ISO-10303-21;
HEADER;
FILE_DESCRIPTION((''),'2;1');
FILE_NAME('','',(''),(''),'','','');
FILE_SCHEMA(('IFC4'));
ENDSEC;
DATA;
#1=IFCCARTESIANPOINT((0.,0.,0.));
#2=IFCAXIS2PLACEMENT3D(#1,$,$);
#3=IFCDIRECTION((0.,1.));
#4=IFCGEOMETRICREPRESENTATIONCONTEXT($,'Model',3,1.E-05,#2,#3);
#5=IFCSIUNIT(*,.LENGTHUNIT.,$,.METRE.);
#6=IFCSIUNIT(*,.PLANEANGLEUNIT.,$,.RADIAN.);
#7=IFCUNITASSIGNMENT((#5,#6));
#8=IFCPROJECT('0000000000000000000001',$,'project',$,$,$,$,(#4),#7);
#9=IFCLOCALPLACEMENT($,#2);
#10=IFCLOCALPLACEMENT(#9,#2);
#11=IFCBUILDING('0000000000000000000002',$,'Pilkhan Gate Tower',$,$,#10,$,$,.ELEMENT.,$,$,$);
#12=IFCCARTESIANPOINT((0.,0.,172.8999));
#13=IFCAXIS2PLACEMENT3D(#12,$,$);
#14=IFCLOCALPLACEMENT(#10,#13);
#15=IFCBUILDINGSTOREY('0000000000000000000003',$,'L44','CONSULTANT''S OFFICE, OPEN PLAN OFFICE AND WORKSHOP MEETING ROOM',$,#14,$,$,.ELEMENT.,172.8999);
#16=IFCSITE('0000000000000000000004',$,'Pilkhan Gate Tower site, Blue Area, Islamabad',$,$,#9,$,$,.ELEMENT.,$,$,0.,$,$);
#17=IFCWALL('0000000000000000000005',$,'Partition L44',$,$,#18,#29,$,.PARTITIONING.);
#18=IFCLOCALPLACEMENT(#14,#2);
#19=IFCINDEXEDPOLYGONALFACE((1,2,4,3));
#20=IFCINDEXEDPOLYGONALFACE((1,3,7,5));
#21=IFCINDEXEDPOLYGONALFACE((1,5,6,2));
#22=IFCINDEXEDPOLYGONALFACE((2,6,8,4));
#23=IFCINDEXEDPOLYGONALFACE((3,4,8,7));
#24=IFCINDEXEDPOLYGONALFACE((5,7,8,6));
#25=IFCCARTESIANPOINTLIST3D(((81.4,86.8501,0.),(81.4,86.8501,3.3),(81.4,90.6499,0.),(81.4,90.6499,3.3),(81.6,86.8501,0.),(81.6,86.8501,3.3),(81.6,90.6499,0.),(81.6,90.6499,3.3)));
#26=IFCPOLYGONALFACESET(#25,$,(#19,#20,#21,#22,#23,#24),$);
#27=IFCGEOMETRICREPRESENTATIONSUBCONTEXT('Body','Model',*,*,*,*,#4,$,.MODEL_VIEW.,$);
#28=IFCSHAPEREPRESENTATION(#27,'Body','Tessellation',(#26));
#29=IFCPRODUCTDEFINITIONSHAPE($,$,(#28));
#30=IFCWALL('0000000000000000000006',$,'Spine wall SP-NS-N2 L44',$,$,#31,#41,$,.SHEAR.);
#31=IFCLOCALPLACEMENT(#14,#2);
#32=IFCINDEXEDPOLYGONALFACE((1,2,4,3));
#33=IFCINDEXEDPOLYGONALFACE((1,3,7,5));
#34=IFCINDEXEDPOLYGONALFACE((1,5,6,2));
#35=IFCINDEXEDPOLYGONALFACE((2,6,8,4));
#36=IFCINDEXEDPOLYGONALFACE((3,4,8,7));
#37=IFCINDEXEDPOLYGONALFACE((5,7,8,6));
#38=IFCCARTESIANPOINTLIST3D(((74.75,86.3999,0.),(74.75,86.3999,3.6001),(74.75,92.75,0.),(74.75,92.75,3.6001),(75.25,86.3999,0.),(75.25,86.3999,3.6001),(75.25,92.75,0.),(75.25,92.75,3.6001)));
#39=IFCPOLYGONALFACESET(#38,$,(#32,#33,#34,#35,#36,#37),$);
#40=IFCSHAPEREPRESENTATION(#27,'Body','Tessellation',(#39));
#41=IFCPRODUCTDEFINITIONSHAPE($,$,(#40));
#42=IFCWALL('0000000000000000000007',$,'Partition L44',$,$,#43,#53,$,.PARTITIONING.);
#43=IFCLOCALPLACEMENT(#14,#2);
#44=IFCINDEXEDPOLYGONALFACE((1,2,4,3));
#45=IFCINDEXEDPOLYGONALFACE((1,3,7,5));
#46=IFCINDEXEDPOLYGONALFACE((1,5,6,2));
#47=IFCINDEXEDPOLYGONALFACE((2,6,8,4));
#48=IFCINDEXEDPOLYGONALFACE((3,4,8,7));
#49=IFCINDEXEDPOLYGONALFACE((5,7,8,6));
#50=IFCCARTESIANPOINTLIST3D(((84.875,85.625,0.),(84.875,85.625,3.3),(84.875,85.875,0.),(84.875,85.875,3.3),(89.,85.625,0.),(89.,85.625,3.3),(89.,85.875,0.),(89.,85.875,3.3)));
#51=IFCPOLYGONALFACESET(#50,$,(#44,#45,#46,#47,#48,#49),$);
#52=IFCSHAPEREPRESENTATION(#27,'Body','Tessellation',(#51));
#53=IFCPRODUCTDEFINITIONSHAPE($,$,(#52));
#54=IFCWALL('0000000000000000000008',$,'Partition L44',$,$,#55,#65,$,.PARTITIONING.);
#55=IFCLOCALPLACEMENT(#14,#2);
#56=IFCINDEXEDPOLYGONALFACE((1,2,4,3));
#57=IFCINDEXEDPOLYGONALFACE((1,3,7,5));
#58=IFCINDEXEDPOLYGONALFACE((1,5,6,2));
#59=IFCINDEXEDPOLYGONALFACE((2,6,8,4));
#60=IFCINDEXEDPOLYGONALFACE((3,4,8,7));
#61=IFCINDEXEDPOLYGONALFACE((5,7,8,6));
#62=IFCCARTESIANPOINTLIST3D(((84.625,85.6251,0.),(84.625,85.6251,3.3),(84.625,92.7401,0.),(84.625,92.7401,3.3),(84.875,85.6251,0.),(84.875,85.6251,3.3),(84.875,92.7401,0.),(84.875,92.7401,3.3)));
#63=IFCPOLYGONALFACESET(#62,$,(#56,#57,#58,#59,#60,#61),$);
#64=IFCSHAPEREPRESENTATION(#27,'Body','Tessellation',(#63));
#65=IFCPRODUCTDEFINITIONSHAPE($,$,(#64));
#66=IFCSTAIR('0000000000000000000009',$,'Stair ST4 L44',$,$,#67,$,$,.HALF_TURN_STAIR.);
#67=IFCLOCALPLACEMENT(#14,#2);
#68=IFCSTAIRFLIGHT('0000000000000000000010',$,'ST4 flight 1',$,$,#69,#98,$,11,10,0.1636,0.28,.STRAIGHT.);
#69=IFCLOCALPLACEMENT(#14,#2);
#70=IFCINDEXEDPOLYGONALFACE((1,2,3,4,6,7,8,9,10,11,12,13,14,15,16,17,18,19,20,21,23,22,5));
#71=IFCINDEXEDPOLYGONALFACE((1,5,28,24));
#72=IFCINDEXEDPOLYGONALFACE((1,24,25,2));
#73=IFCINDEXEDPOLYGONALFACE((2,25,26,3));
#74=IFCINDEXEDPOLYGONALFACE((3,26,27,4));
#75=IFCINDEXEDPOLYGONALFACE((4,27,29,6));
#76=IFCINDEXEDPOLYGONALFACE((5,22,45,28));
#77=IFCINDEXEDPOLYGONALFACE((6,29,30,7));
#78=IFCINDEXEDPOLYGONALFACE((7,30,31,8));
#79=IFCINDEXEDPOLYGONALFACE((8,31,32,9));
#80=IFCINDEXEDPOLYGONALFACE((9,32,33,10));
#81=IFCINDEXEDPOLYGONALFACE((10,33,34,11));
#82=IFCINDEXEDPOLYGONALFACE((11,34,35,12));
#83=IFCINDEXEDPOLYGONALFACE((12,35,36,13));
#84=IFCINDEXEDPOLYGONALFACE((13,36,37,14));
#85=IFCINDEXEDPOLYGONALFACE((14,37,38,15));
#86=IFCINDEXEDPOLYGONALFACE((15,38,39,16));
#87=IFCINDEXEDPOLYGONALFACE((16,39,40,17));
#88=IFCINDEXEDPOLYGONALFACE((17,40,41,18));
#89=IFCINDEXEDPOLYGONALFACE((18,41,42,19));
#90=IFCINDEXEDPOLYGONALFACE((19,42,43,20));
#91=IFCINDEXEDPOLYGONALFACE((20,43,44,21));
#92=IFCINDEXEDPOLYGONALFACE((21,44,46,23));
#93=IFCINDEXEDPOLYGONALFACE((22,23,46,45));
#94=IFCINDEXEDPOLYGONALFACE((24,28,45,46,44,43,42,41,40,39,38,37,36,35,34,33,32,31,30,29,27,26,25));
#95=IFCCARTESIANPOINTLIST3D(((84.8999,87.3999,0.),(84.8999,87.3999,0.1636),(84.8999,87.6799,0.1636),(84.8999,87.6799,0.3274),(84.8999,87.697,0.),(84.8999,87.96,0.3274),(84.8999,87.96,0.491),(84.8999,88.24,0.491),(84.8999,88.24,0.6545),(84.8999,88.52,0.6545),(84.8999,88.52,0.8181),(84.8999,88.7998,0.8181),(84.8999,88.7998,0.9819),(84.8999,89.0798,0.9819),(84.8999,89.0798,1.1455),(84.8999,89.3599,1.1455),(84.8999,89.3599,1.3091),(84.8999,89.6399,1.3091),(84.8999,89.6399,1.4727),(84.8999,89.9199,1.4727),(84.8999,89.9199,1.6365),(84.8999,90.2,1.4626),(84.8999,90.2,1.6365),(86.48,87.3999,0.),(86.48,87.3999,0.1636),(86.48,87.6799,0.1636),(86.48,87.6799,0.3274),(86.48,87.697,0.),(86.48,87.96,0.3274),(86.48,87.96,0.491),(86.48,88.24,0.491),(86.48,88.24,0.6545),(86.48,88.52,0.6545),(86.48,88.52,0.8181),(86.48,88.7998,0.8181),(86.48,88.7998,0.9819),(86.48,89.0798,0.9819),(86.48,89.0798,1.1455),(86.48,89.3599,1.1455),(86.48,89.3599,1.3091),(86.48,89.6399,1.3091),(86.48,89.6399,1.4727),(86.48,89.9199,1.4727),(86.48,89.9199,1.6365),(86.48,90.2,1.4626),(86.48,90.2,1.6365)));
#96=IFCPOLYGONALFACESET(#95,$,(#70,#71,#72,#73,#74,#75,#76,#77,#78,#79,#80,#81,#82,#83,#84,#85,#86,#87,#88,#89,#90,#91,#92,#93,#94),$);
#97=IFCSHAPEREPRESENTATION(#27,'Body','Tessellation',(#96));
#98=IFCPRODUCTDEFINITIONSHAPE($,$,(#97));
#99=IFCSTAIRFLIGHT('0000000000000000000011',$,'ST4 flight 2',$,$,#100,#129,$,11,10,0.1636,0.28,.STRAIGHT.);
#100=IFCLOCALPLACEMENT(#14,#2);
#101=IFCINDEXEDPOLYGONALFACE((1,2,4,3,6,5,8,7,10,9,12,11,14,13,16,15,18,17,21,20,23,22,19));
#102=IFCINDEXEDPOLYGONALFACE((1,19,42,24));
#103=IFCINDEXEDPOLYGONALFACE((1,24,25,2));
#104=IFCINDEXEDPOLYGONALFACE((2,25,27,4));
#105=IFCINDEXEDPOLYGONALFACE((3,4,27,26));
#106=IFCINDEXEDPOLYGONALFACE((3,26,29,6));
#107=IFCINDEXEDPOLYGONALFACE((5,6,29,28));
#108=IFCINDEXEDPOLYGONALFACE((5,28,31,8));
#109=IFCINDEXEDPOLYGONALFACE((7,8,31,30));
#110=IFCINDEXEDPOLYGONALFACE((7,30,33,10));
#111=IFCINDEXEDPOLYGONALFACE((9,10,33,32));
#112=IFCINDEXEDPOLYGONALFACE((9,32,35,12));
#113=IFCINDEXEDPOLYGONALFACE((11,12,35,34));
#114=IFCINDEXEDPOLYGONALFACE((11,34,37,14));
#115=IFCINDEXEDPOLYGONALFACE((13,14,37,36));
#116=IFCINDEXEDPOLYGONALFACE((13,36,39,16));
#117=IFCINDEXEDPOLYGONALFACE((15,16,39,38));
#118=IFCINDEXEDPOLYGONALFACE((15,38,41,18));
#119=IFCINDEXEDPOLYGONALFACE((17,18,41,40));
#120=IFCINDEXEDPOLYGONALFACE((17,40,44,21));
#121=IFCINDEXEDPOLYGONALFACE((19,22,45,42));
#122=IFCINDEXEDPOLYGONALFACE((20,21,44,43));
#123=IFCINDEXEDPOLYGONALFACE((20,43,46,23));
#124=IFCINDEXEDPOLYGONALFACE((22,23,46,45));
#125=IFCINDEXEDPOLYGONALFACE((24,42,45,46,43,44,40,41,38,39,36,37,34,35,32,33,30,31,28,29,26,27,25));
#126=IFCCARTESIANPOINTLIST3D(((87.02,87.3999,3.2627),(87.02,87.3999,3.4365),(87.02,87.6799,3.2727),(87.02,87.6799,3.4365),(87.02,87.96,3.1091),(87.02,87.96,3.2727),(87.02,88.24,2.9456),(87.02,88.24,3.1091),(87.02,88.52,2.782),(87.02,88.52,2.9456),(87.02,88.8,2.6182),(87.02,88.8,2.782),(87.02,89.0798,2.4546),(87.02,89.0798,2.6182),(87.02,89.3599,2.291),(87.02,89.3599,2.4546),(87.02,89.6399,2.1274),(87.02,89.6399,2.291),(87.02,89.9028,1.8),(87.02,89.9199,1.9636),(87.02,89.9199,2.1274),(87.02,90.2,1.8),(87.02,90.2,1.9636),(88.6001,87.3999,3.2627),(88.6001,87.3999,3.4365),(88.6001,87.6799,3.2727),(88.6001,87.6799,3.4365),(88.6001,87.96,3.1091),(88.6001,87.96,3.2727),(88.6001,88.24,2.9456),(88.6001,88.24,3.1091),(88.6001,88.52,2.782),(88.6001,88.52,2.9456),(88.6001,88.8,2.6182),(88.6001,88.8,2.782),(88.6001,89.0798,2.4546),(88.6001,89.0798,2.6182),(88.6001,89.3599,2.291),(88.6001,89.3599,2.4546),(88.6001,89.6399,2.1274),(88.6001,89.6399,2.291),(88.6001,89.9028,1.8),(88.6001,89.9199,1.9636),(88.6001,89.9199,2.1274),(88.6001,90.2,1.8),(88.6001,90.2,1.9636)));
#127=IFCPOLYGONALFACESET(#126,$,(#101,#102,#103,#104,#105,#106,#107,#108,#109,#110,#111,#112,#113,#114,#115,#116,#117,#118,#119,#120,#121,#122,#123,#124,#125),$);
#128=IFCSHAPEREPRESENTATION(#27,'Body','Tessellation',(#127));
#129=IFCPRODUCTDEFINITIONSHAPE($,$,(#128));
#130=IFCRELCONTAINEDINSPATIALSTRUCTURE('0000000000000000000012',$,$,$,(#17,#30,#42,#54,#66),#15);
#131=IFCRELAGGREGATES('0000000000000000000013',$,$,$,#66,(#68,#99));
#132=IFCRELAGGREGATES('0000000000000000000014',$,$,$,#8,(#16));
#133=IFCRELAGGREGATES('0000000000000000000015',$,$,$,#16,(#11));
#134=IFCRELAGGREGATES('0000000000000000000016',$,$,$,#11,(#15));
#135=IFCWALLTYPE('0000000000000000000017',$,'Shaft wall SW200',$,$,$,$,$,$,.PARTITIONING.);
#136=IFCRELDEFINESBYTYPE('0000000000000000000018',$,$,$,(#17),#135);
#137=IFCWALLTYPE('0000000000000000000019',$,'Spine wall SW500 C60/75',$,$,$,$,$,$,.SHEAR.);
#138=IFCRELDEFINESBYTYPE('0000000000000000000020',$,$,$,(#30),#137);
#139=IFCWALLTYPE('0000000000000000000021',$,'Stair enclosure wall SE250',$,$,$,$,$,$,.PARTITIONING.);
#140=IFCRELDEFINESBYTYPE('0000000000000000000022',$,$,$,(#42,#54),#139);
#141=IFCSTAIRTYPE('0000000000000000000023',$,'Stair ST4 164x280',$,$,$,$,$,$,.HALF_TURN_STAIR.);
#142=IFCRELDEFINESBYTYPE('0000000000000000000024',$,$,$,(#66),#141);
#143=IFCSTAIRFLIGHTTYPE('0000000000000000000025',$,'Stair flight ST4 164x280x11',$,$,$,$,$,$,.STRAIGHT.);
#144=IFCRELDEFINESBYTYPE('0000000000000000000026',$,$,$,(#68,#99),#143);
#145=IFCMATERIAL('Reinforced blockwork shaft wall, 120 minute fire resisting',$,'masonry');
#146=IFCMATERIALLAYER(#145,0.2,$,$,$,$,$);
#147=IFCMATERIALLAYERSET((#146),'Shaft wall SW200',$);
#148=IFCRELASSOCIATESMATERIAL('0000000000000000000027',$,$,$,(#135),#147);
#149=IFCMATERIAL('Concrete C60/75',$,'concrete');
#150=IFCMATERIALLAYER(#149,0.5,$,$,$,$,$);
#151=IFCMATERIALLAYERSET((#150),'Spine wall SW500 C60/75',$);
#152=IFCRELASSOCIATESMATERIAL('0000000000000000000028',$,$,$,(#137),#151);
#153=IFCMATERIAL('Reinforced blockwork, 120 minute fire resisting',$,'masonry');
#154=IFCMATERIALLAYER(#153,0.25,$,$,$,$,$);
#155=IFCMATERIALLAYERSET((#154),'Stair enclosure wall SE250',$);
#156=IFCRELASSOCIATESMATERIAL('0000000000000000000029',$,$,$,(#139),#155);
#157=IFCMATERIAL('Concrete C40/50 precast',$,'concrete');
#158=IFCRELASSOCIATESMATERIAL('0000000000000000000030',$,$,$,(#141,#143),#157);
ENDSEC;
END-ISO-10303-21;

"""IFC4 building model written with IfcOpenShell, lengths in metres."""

from ifc_helpers import new_model, si_unit, direction, frame, frame_2d, origin, place, context, subcontext, project, spatial, polyline, rectangle, outline, extrude, material, layer, layer_set, type_object, element, aggregate, save


model = new_model("IFC4")

# Units and contexts
model_context = context("Model", 3, precision=1e-05, world=origin(), true_north=direction((0.0, 1.0)))
body_context = subcontext(model_context, "Body", "Model", "MODEL_VIEW")
ifc_project = project(units=[si_unit("LENGTHUNIT", "METRE"), si_unit("PLANEANGLEUNIT", "RADIAN")], contexts=[model_context])

# Site, building, storey
site_placement = place(None, origin())
site = spatial("IfcSite", under=ifc_project, at=site_placement, Name="Pilkhan Gate Tower site, Blue Area, Islamabad", CompositionType="ELEMENT", RefElevation=0.0)
building_placement = place(site_placement, origin())
building = spatial("IfcBuilding", under=site, at=building_placement, Name="Pilkhan Gate Tower", CompositionType="ELEMENT")
storey_placement = place(building_placement, frame((0.0, 0.0, 172.8999)))
storey = spatial("IfcBuildingStorey", under=building, at=storey_placement, Name="L44", Description="CONSULTANT'S OFFICE, OPEN PLAN OFFICE AND WORKSHOP MEETING ROOM", CompositionType="ELEMENT", Elevation=172.8999)

# Shared definitions
ifc_material_1 = material(Name="Reinforced blockwork shaft wall, 120 minute fire resisting", Category="masonry")
ifc_layer_1 = layer(ifc_material_1, 0.2)
ifc_layer_set_1 = layer_set([ifc_layer_1], Name="Shaft wall SW200")
wall_type_1 = type_object("IfcWallType", Name="Shaft wall SW200", PredefinedType="PARTITIONING", material=ifc_layer_set_1)

# Walls
for number, where, z_axis, x_axis, name in (
    (1, (81.5, 86.8501, 0.0), (0.0, 0.0, 1.0), (0.0, 1.0, 0.0), "Partition L44"),
):
    element("IfcWall", number, at=place(storey_placement, frame(where, z_axis=z_axis, x_axis=x_axis)), inside=storey, type_object=wall_type_1, Name=name, PredefinedType="PARTITIONING", context=body_context, shape_type="SweptSolid", body=[
        extrude(rectangle(XDim=3.7998, YDim=0.2, at=frame_2d((1.8999, 0.0))), origin(), (0.0, 0.0, 1.0), 3.3),
    ])
ifc_material_2 = material(Name="Concrete C60/75", Category="concrete")
ifc_layer_2 = layer(ifc_material_2, 0.5)
ifc_layer_set_2 = layer_set([ifc_layer_2], Name="Spine wall SW500 C60/75")
wall_type_2 = type_object("IfcWallType", Name="Spine wall SW500 C60/75", PredefinedType="SHEAR", material=ifc_layer_set_2)
wall_1_placement = place(storey_placement, frame((75.0, 86.3999, 0.0), z_axis=(0.0, 0.0, 1.0), x_axis=(0.0, 1.0, 0.0)))
element("IfcWall", 2, at=wall_1_placement, inside=storey, type_object=wall_type_2, Name="Spine wall SP-NS-N2 L44", PredefinedType="SHEAR", context=body_context, shape_type="SweptSolid", body=[
    extrude(rectangle(XDim=6.3501, YDim=0.5, at=frame_2d((3.175, 0.0))), origin(), (0.0, 0.0, 1.0), 3.6001),
])
ifc_material_3 = material(Name="Reinforced blockwork, 120 minute fire resisting", Category="masonry")
ifc_layer_3 = layer(ifc_material_3, 0.25)
ifc_layer_set_3 = layer_set([ifc_layer_3], Name="Stair enclosure wall SE250")
wall_type_3 = type_object("IfcWallType", Name="Stair enclosure wall SE250", PredefinedType="PARTITIONING", material=ifc_layer_set_3)
wall_2_placement = place(storey_placement, frame((84.875, 85.75, 0.0), z_axis=(0.0, 0.0, 1.0), x_axis=(1.0, 0.0, 0.0)))
element("IfcWall", 3, at=wall_2_placement, inside=storey, type_object=wall_type_3, Name="Partition L44", PredefinedType="PARTITIONING", context=body_context, shape_type="SweptSolid", body=[
    extrude(rectangle(XDim=4.125, YDim=0.25, at=frame_2d((2.0625, 0.0))), origin(), (0.0, 0.0, 1.0), 3.3),
])
wall_3_placement = place(storey_placement, frame((84.75, 85.625, 0.0), z_axis=(0.0, 0.0, 1.0), x_axis=(0.0, 1.0, 0.0)))
element("IfcWall", 4, at=wall_3_placement, inside=storey, type_object=wall_type_3, Name="Partition L44", PredefinedType="PARTITIONING", context=body_context, shape_type="SweptSolid", body=[
    extrude(rectangle(XDim=7.115, YDim=0.25, at=frame_2d((3.5576, 0.0))), origin(), (0.0, 0.0, 1.0), 3.3),
])

# Stair, stair flights
ifc_material_4 = material(Name="Concrete C40/50 precast", Category="concrete")
stair_type = type_object("IfcStairType", Name="Stair ST4 164x280", PredefinedType="HALF_TURN_STAIR", material=ifc_material_4)
stair_placement = place(storey_placement, origin())
stair = element("IfcStair", 5, at=stair_placement, inside=storey, type_object=stair_type, Name="Stair ST4 L44", PredefinedType="HALF_TURN_STAIR")
stair_flight_type = type_object("IfcStairFlightType", Name="Stair flight ST4 164x280x11", PredefinedType="STRAIGHT", material=ifc_material_4)
stair_flight_1_placement = place(storey_placement, frame((85.6899, 87.3999, 0.0), z_axis=(0.0, 0.0, 1.0), x_axis=(0.0, 1.0, 0.0)))
stair_flight_1 = element("IfcStairFlight", 6, at=stair_flight_1_placement, type_object=stair_flight_type, Name="ST4 flight 1", NumberOfRisers=11, NumberOfTreads=10, PredefinedType="STRAIGHT", RiserHeight=0.1636, TreadLength=0.28, context=body_context, shape_type="SweptSolid", body=[
    extrude(outline(polyline([(0.0, 0.0), (0.0, 0.1636), (0.28, 0.1636), (0.28, 0.3274), (0.5601, 0.3274), (0.5601, 0.491), (0.8401, 0.491), (0.8401, 0.6545), (1.1201, 0.6545), (1.1201, 0.8181), (1.3999, 0.8181), (1.3999, 0.9819), (1.6799, 0.9819), (1.6799, 1.1455), (1.96, 1.1455), (1.96, 1.3091), (2.24, 1.3091), (2.24, 1.4727), (2.52, 1.4727), (2.52, 1.6365), (2.8, 1.6365), (2.8, 1.8), (2.8, 1.4626), (0.2971, 0.0), (0.0, 0.0)])), frame((0.0, 0.79, 0.0), z_axis=(0.0, -1.0, 0.0), x_axis=(1.0, 0.0, 0.0)), (0.0, 0.0, 1.0), 1.5801),
])
stair_flight_2_placement = place(storey_placement, frame((87.8101, 90.2, 1.8), z_axis=(0.0, 0.0, 1.0), x_axis=(0.0, -1.0, 0.0)))
stair_flight_2 = element("IfcStairFlight", 7, at=stair_flight_2_placement, type_object=stair_flight_type, Name="ST4 flight 2", NumberOfRisers=11, NumberOfTreads=10, PredefinedType="STRAIGHT", RiserHeight=0.1636, TreadLength=0.28, context=body_context, shape_type="SweptSolid", body=[
    extrude(outline(polyline([(0.0, 0.0), (0.0, 0.1636), (0.28, 0.1636), (0.28, 0.3274), (0.5601, 0.3274), (0.5601, 0.491), (0.8401, 0.491), (0.8401, 0.6545), (1.1201, 0.6545), (1.1201, 0.8181), (1.3999, 0.8181), (1.3999, 0.9819), (1.6799, 0.9819), (1.6799, 1.1455), (1.96, 1.1455), (1.96, 1.3091), (2.24, 1.3091), (2.24, 1.4727), (2.52, 1.4727), (2.52, 1.6365), (2.8, 1.6365), (2.8, 1.8), (2.8, 1.4626), (0.2971, 0.0), (0.0, 0.0)])), frame((0.0, 0.79, 0.0), z_axis=(0.0, -1.0, 0.0), x_axis=(1.0, 0.0, 0.0)), (0.0, 0.0, 1.0), 1.5801),
])
aggregate(stair, [stair_flight_1, stair_flight_2])

save(model, "model.ifc")
